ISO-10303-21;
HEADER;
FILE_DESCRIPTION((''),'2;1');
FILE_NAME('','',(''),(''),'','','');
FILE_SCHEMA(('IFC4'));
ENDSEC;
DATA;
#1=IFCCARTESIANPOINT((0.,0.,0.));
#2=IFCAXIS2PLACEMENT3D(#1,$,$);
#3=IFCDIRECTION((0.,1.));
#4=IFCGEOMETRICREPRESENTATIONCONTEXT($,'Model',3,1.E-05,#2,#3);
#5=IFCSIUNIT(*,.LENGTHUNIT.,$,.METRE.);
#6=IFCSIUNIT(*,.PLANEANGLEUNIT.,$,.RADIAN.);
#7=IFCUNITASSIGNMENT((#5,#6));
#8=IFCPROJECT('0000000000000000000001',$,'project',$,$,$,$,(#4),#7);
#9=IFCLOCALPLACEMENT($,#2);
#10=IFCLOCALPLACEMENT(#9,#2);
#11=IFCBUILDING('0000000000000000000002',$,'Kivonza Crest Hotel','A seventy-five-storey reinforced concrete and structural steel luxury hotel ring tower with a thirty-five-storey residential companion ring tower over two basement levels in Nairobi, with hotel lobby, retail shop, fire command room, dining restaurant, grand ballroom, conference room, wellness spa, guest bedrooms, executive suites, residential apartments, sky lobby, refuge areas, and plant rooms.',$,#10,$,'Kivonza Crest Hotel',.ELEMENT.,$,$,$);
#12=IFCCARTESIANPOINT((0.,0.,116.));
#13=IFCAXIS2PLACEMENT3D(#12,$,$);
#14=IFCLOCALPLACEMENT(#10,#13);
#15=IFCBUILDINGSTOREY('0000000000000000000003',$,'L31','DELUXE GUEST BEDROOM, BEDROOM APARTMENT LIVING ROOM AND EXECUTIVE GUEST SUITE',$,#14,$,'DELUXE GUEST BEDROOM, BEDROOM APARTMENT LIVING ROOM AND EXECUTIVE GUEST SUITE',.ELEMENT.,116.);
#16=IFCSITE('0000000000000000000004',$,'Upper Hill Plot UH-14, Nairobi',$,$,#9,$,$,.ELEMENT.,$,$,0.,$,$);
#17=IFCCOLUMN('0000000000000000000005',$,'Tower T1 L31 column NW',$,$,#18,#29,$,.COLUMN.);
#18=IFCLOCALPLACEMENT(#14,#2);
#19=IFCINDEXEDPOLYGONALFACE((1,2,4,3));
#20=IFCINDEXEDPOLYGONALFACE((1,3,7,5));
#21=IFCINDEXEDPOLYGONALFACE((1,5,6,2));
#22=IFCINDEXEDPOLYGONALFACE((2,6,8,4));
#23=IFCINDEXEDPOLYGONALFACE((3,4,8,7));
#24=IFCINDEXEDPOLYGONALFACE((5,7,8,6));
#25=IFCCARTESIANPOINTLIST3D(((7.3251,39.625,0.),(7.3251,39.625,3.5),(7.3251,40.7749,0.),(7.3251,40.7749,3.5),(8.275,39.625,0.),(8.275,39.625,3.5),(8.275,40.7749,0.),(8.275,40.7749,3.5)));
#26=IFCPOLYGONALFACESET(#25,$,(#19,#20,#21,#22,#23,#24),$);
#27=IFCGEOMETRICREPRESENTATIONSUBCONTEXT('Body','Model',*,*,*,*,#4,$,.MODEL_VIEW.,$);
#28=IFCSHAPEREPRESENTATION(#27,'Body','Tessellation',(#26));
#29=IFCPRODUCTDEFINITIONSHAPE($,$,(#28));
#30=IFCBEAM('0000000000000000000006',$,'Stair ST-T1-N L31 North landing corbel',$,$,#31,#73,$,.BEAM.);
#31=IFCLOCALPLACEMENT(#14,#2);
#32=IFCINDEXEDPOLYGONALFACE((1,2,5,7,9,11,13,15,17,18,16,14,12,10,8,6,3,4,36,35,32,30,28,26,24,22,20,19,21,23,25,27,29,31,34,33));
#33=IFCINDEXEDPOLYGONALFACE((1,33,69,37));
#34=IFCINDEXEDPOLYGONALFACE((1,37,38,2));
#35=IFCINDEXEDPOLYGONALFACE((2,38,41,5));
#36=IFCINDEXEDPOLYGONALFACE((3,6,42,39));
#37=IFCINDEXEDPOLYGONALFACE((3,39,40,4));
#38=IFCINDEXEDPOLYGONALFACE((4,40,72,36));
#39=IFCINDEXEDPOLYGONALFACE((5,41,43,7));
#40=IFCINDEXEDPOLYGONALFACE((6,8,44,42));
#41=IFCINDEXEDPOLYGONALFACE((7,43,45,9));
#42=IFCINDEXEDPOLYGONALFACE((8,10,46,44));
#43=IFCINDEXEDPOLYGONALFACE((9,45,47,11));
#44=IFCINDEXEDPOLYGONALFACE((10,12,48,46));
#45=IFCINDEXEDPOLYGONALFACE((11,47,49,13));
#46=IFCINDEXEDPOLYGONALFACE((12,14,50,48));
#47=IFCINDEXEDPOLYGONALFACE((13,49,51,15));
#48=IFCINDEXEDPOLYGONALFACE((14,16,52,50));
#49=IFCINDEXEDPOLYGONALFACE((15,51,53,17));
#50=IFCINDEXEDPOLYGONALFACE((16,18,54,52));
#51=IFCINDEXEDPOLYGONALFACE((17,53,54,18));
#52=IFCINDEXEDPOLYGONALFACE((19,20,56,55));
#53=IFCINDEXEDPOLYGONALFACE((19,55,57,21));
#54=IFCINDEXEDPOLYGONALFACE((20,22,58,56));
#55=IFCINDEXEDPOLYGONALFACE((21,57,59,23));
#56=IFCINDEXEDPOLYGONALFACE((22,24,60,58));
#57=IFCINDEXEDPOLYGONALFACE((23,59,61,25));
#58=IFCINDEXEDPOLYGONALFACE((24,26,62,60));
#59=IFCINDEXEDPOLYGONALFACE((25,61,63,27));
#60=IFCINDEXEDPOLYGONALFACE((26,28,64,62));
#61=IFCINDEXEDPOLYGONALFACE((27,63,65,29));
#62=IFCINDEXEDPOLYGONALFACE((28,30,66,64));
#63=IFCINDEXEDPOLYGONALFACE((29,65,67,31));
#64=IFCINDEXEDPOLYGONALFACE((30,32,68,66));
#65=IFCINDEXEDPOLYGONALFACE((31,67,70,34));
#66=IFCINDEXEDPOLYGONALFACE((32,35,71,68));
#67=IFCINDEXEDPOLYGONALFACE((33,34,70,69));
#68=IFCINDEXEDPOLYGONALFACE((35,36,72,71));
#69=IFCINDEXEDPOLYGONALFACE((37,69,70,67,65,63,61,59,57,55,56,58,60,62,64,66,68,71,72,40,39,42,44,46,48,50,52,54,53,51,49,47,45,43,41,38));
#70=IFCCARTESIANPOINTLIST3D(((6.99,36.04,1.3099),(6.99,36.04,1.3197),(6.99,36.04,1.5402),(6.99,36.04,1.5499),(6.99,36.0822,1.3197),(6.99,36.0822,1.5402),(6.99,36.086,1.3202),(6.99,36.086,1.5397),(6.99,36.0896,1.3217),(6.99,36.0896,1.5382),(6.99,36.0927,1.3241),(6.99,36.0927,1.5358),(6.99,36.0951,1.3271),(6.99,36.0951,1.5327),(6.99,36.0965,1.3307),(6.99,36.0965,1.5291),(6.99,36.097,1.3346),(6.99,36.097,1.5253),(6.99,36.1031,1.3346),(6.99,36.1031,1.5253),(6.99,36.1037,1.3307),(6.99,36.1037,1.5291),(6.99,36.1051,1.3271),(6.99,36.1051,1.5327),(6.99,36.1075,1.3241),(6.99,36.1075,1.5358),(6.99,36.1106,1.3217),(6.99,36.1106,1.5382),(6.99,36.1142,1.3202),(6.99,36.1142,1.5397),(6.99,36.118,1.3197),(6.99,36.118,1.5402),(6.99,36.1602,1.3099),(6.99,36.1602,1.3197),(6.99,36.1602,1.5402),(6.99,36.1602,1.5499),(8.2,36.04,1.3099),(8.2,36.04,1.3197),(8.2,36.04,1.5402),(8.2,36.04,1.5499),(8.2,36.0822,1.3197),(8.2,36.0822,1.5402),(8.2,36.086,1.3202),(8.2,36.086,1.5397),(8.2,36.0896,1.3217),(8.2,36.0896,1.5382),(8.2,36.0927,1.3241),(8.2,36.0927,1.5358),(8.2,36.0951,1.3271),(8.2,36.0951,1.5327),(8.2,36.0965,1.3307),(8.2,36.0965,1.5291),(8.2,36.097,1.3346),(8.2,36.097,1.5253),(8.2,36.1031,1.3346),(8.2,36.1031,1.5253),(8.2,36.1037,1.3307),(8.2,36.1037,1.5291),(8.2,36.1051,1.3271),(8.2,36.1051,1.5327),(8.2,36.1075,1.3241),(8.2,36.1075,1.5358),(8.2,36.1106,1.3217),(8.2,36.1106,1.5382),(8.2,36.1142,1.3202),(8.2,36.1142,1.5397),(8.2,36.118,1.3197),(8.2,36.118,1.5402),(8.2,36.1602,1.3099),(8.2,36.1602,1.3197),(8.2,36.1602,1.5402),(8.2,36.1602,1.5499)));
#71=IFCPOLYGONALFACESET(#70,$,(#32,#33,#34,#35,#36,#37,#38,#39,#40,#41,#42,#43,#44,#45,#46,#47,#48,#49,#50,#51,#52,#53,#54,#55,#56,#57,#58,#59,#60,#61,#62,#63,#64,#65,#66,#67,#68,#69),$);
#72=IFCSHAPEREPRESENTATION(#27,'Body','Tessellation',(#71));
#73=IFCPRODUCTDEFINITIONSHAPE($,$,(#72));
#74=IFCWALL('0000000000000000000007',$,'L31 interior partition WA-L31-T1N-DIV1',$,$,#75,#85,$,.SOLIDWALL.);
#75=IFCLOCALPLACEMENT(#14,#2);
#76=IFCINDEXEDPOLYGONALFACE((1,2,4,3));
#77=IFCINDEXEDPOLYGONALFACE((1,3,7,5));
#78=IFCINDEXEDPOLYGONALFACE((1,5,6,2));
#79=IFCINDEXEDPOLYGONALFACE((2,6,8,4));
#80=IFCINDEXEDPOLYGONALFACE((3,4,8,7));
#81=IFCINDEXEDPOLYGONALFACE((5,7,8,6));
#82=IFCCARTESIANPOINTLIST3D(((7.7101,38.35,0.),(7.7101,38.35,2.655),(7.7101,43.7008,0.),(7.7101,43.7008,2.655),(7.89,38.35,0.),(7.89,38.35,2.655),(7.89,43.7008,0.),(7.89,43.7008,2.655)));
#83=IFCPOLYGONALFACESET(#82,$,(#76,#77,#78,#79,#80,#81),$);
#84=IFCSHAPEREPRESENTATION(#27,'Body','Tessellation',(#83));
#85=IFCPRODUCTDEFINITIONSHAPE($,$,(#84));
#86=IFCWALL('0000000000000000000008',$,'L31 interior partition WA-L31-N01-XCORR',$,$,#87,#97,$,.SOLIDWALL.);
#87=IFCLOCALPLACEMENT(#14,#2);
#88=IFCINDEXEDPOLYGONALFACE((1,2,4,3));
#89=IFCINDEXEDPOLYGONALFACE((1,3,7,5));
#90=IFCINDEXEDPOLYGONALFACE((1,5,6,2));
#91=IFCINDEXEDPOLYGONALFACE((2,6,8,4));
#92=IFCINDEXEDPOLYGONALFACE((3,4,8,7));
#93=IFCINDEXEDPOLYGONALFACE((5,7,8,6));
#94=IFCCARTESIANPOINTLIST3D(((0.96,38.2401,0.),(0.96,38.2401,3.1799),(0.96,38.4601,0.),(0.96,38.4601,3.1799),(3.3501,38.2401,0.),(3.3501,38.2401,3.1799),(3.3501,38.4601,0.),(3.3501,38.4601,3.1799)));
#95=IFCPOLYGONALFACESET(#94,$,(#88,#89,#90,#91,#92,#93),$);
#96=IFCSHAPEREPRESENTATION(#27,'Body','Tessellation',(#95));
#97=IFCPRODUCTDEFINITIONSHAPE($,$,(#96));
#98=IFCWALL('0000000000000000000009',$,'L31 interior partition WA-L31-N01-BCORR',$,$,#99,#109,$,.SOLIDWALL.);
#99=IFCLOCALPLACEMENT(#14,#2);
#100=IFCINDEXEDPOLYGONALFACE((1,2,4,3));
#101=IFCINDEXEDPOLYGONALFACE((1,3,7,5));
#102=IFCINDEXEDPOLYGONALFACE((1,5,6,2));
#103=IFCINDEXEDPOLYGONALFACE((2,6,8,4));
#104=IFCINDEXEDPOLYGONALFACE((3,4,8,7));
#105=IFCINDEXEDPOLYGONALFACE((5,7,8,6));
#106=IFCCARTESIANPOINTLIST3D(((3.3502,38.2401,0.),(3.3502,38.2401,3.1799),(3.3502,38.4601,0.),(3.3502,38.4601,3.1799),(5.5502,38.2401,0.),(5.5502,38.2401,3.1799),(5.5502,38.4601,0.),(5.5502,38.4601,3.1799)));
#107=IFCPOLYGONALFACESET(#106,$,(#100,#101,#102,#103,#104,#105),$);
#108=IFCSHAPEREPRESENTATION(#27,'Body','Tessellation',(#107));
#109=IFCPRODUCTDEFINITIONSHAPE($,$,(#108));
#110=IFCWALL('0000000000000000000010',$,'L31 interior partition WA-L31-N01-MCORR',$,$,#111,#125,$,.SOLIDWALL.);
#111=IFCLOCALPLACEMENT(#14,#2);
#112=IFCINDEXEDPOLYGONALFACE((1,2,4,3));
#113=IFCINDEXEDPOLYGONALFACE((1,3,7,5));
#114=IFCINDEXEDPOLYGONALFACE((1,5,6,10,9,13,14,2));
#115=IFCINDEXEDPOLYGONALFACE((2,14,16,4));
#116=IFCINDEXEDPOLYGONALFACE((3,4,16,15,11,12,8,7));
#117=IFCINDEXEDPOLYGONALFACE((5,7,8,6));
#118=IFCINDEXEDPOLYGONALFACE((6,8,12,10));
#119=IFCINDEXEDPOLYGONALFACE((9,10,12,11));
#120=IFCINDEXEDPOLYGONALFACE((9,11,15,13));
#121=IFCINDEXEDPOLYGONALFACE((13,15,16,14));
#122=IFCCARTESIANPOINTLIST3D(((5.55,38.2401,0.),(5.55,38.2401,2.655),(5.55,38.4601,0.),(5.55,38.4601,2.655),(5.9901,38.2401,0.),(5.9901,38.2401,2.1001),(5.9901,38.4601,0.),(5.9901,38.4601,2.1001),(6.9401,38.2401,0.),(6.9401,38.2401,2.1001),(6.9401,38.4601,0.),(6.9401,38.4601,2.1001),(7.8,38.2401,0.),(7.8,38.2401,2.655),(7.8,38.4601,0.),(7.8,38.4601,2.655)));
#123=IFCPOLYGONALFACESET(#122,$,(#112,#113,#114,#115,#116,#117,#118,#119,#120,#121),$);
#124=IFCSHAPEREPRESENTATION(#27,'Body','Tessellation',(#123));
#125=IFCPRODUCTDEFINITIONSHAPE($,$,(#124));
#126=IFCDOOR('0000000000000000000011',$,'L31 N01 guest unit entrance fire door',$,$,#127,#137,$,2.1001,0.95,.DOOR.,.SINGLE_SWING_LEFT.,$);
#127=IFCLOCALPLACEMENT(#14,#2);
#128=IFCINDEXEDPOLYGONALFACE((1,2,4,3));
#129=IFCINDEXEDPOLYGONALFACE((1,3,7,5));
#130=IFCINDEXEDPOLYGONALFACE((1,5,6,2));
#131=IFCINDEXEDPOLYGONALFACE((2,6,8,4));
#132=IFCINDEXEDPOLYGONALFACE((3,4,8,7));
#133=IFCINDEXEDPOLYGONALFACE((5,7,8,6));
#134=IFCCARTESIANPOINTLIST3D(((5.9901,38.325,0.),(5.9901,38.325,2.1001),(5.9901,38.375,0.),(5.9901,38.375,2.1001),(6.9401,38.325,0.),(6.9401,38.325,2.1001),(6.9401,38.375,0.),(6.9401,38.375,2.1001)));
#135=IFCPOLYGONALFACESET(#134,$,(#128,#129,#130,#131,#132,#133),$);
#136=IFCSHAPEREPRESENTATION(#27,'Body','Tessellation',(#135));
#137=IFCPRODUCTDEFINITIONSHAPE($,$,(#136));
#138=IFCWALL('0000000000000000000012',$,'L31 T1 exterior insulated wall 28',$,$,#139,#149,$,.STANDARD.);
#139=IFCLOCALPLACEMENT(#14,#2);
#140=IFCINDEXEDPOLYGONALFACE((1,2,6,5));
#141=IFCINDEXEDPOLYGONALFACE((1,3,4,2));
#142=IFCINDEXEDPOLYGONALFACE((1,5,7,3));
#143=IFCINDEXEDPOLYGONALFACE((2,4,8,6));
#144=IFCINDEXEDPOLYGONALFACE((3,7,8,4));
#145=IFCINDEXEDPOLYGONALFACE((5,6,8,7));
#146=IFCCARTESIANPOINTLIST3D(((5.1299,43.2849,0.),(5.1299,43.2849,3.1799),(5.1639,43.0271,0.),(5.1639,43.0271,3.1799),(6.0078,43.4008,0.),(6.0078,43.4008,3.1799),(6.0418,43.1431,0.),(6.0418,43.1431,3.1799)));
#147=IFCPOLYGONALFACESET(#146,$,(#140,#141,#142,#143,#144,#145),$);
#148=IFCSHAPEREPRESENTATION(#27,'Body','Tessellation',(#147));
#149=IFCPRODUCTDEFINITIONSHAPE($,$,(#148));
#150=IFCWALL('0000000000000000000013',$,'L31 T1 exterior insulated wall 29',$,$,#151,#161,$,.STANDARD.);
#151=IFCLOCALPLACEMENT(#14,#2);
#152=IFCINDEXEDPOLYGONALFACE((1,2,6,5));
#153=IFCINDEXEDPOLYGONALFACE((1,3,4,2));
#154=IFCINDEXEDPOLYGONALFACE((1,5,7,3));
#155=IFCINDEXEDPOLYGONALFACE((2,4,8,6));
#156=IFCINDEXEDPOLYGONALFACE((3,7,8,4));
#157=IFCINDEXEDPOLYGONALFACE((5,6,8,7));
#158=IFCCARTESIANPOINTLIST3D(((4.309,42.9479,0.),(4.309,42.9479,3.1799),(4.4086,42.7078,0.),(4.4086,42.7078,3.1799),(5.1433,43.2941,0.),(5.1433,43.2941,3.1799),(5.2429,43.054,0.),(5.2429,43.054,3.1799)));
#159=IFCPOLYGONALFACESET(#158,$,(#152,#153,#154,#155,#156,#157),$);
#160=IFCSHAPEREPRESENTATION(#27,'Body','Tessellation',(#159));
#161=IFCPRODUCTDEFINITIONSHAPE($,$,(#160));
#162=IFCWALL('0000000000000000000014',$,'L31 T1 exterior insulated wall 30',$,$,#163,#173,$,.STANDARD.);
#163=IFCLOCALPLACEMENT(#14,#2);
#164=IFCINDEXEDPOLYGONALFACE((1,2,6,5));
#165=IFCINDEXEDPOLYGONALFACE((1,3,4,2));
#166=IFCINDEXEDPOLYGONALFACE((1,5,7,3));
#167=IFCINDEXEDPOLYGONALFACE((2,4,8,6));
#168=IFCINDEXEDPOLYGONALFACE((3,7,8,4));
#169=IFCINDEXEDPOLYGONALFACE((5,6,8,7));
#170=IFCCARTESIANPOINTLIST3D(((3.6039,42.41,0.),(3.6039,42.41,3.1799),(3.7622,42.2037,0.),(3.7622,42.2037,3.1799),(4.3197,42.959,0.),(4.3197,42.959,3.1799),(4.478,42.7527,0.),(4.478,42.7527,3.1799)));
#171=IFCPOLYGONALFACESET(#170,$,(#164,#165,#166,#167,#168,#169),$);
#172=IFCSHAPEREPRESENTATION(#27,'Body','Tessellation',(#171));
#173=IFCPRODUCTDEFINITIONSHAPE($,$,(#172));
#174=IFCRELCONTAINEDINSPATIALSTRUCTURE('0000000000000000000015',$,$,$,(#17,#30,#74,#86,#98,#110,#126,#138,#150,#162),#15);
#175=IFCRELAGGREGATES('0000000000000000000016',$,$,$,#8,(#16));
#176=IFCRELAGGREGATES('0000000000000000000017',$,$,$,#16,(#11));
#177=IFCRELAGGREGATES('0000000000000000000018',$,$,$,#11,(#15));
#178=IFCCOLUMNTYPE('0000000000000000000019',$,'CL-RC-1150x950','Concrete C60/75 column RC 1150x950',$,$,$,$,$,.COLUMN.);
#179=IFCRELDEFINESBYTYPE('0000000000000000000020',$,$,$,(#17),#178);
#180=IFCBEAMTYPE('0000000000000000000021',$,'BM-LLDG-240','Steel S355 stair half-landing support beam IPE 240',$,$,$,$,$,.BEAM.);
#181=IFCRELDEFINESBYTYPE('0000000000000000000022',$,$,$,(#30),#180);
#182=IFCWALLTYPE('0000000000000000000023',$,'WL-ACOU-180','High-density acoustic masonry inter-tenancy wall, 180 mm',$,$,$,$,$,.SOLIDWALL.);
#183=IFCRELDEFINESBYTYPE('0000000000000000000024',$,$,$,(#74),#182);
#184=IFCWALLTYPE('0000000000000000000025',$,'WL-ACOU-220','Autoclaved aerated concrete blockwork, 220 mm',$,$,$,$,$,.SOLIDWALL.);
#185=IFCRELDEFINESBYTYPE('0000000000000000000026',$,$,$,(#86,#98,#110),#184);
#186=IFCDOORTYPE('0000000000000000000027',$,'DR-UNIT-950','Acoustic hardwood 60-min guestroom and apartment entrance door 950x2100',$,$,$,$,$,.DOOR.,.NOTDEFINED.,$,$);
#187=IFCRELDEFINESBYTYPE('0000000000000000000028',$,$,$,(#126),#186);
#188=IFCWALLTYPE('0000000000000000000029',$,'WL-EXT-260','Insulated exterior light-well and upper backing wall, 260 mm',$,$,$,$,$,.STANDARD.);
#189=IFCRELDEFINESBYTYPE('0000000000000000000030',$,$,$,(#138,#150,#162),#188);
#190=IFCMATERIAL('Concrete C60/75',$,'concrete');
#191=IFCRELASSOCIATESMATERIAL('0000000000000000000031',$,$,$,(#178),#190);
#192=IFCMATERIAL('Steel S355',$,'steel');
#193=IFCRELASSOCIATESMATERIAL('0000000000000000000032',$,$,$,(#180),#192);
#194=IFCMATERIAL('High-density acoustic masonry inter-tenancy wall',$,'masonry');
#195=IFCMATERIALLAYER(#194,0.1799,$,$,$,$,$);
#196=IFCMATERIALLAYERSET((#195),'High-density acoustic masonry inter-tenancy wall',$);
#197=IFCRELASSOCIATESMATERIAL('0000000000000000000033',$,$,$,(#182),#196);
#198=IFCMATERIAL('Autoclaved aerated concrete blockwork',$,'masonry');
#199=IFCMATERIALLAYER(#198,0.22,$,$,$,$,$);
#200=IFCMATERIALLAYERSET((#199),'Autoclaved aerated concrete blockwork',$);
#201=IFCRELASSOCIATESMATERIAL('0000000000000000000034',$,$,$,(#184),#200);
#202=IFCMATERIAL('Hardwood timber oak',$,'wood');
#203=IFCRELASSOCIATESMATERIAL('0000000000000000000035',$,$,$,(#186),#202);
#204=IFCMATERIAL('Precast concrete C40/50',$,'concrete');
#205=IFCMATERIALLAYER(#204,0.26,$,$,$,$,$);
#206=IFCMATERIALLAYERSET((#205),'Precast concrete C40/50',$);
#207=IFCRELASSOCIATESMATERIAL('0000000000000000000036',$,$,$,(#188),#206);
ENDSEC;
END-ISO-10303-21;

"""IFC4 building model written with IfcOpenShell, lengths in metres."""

from ifc_helpers import new_model, si_unit, direction, frame, frame_2d, origin, origin_2d, place, context, subcontext, project, spatial, rectangle, i_section, extrude, material, layer, layer_set, material_profile, profile_set, type_object, element, fill, save


model = new_model("IFC4")

# Units and contexts
model_context = context("Model", 3, precision=1e-05, world=origin(), true_north=direction((0.0, 1.0)))
body_context = subcontext(model_context, "Body", "Model", "MODEL_VIEW")
ifc_project = project(units=[si_unit("LENGTHUNIT", "METRE"), si_unit("PLANEANGLEUNIT", "RADIAN")], contexts=[model_context])

# Site, building, storey
site_placement = place(None, origin())
site = spatial("IfcSite", under=ifc_project, at=site_placement, Name="Upper Hill Plot UH-14, Nairobi", CompositionType="ELEMENT", RefElevation=0.0)
building_placement = place(site_placement, origin())
building = spatial("IfcBuilding", under=site, at=building_placement, Name="Kivonza Crest Hotel", Description="A seventy-five-storey reinforced concrete and structural steel luxury hotel ring tower with a thirty-five-storey residential companion ring tower over two basement levels in Nairobi, with hotel lobby, retail shop, fire command room, dining restaurant, grand ballroom, conference room, wellness spa, guest bedrooms, executive suites, residential apartments, sky lobby, refuge areas, and plant rooms.", LongName="Kivonza Crest Hotel", CompositionType="ELEMENT")
storey_placement = place(building_placement, frame((0.0, 0.0, 116.0)))
storey = spatial("IfcBuildingStorey", under=building, at=storey_placement, Name="L31", Description="DELUXE GUEST BEDROOM, BEDROOM APARTMENT LIVING ROOM AND EXECUTIVE GUEST SUITE", LongName="DELUXE GUEST BEDROOM, BEDROOM APARTMENT LIVING ROOM AND EXECUTIVE GUEST SUITE", CompositionType="ELEMENT", Elevation=116.0)

# Column
ifc_material_1 = material(Name="Concrete C60/75", Category="concrete")
ifc_material_profile_1 = material_profile(ifc_material_1, rectangle(XDim=0.95, YDim=1.1499, at=origin_2d()), Name="RC 1150x950")
ifc_profile_set_1 = profile_set([ifc_material_profile_1], Name="Concrete C60/75")
column_type = type_object("IfcColumnType", Name="CL-RC-1150x950", Description="Concrete C60/75 column RC 1150x950", PredefinedType="COLUMN", material=ifc_profile_set_1)
column_placement = place(storey_placement, frame((7.8, 40.2, 0.0), z_axis=(0.0, 0.0, 1.0), x_axis=(1.0, 0.0, 0.0)))
element("IfcColumn", 1, at=column_placement, inside=storey, type_object=column_type, Name="Tower T1 L31 column NW", PredefinedType="COLUMN", context=body_context, shape_type="SweptSolid", body=[
    extrude(rectangle(XDim=0.95, YDim=1.1499, at=origin_2d()), origin(), (0.0, 0.0, 1.0), 3.5),
])

# Beam
ifc_material_2 = material(Name="Steel S355", Category="steel")
ifc_material_profile_2 = material_profile(ifc_material_2, i_section(OverallWidth=0.1201, OverallDepth=0.24, WebThickness=0.0061, FlangeThickness=0.0098, FilletRadius=0.0149, at=origin_2d()), Name="IPE 240")
ifc_profile_set_2 = profile_set([ifc_material_profile_2], Name="Steel S355")
beam_type = type_object("IfcBeamType", Name="BM-LLDG-240", Description="Steel S355 stair half-landing support beam IPE 240", PredefinedType="BEAM", material=ifc_profile_set_2)
beam_placement = place(storey_placement, frame((6.99, 36.1001, 1.4299), z_axis=(1.0, 0.0, 0.0), x_axis=(0.0, 1.0, 0.0)))
element("IfcBeam", 2, at=beam_placement, inside=storey, type_object=beam_type, Name="Stair ST-T1-N L31 North landing corbel", PredefinedType="BEAM", context=body_context, shape_type="SweptSolid", body=[
    extrude(i_section(OverallWidth=0.1201, OverallDepth=0.24, WebThickness=0.0061, FlangeThickness=0.0098, FilletRadius=0.0149, at=origin_2d()), origin(), (0.0, 0.0, 1.0), 1.21),
])

# Walls
ifc_material_3 = material(Name="High-density acoustic masonry inter-tenancy wall", Category="masonry")
ifc_layer_1 = layer(ifc_material_3, 0.1799)
ifc_layer_set_1 = layer_set([ifc_layer_1], Name="High-density acoustic masonry inter-tenancy wall")
wall_type_1 = type_object("IfcWallType", Name="WL-ACOU-180", Description="High-density acoustic masonry inter-tenancy wall, 180 mm", PredefinedType="SOLIDWALL", material=ifc_layer_set_1)
wall_1_placement = place(storey_placement, frame((7.8, 38.3501, 0.0), z_axis=(0.0, 0.0, 1.0), x_axis=(0.0, 1.0, 0.0)))
element("IfcWall", 3, at=wall_1_placement, inside=storey, type_object=wall_type_1, Name="L31 interior partition WA-L31-T1N-DIV1", PredefinedType="SOLIDWALL", context=body_context, shape_type="SweptSolid", body=[
    extrude(rectangle(XDim=5.3508, YDim=0.1799, at=frame_2d((2.6753, 0.0))), origin(), (0.0, 0.0, 1.0), 2.655),
])
ifc_material_4 = material(Name="Autoclaved aerated concrete blockwork", Category="masonry")
ifc_layer_2 = layer(ifc_material_4, 0.22)
ifc_layer_set_2 = layer_set([ifc_layer_2], Name="Autoclaved aerated concrete blockwork")
wall_type_2 = type_object("IfcWallType", Name="WL-ACOU-220", Description="Autoclaved aerated concrete blockwork, 220 mm", PredefinedType="SOLIDWALL", material=ifc_layer_set_2)
wall_2_placement = place(storey_placement, frame((0.96, 38.3501, 0.0), z_axis=(0.0, 0.0, 1.0), x_axis=(1.0, 0.0, 0.0)))
element("IfcWall", 4, at=wall_2_placement, inside=storey, type_object=wall_type_2, Name="L31 interior partition WA-L31-N01-XCORR", PredefinedType="SOLIDWALL", context=body_context, shape_type="SweptSolid", body=[
    extrude(rectangle(XDim=2.3901, YDim=0.22, at=frame_2d((1.1951, 0.0))), origin(), (0.0, 0.0, 1.0), 3.1799),
])
wall_3_placement = place(storey_placement, frame((3.3501, 38.3501, 0.0), z_axis=(0.0, 0.0, 1.0), x_axis=(1.0, 0.0, 0.0)))
element("IfcWall", 5, at=wall_3_placement, inside=storey, type_object=wall_type_2, Name="L31 interior partition WA-L31-N01-BCORR", PredefinedType="SOLIDWALL", context=body_context, shape_type="SweptSolid", body=[
    extrude(rectangle(XDim=2.2, YDim=0.22, at=frame_2d((1.1001, 0.0))), origin(), (0.0, 0.0, 1.0), 3.1799),
])

# Wall, opening, door
wall_4_placement = place(storey_placement, frame((5.55, 38.3501, 0.0), z_axis=(0.0, 0.0, 1.0), x_axis=(1.0, 0.0, 0.0)))
wall_4 = element("IfcWall", 6, at=wall_4_placement, inside=storey, type_object=wall_type_2, Name="L31 interior partition WA-L31-N01-MCORR", PredefinedType="SOLIDWALL", context=body_context, shape_type="SweptSolid", body=[
    extrude(rectangle(XDim=2.25, YDim=0.22, at=frame_2d((1.125, 0.0))), origin(), (0.0, 0.0, 1.0), 2.655),
])
opening_1_placement = place(wall_4_placement, frame((0.4399, 0.0, 0.0)))
opening_1 = element("IfcOpeningElement", 7, at=opening_1_placement, cuts=wall_4, PredefinedType="OPENING", context=body_context, shape_type="SweptSolid", body=[
    extrude(rectangle(XDim=0.95, YDim=2.1001, at=frame_2d((0.4751, 1.05))), frame((0.0, 0.1201, 0.0), z_axis=(0.0, -1.0, 0.0), x_axis=(1.0, 0.0, 0.0)), (0.0, 0.0, 1.0), 0.24),
])
ifc_material_5 = material(Name="Hardwood timber oak", Category="wood")
door_type_1 = type_object("IfcDoorType", Name="DR-UNIT-950", Description="Acoustic hardwood 60-min guestroom and apartment entrance door 950x2100", OperationType="NOTDEFINED", PredefinedType="DOOR", material=ifc_material_5)
door_1_placement = place(opening_1_placement, origin())
door_1 = element("IfcDoor", 8, at=door_1_placement, inside=storey, type_object=door_type_1, Name="L31 N01 guest unit entrance fire door", OperationType="SINGLE_SWING_LEFT", OverallHeight=2.1001, OverallWidth=0.95, PredefinedType="DOOR", context=body_context, shape_type="SweptSolid", body=[
    extrude(rectangle(XDim=0.95, YDim=2.1001, at=frame_2d((0.4751, 1.05))), frame((0.0, 0.0249, 0.0), z_axis=(0.0, -1.0, 0.0), x_axis=(1.0, 0.0, 0.0)), (0.0, 0.0, 1.0), 0.05),
])
fill(opening_1, door_1)

# Walls
ifc_material_6 = material(Name="Precast concrete C40/50", Category="concrete")
ifc_layer_3 = layer(ifc_material_6, 0.26)
ifc_layer_set_3 = layer_set([ifc_layer_3], Name="Precast concrete C40/50")
wall_type_3 = type_object("IfcWallType", Name="WL-EXT-260", Description="Insulated exterior light-well and upper backing wall, 260 mm", PredefinedType="STANDARD", material=ifc_layer_set_3)
wall_5_placement = place(storey_placement, frame((6.0249, 43.272, 0.0), z_axis=(0.0, 0.0, 1.0), x_axis=(-0.991388, -0.130954, 0.0)))
element("IfcWall", 9, at=wall_5_placement, inside=storey, type_object=wall_type_3, Name="L31 T1 exterior insulated wall 28", PredefinedType="STANDARD", context=body_context, shape_type="SweptSolid", body=[
    extrude(rectangle(XDim=0.8855, YDim=0.26, at=frame_2d((0.4429, 0.0))), origin(), (0.0, 0.0, 1.0), 3.1799),
])
wall_6_placement = place(storey_placement, frame((5.1931, 43.1741, 0.0), z_axis=(0.0, 0.0, 1.0), x_axis=(-0.923628, -0.383291, 0.0)))
element("IfcWall", 10, at=wall_6_placement, inside=storey, type_object=wall_type_3, Name="L31 T1 exterior insulated wall 29", PredefinedType="STANDARD", context=body_context, shape_type="SweptSolid", body=[
    extrude(rectangle(XDim=0.9033, YDim=0.26, at=frame_2d((0.4517, 0.0))), origin(), (0.0, 0.0, 1.0), 3.1799),
])
wall_7_placement = place(storey_placement, frame((4.3989, 42.856, 0.0), z_axis=(0.0, 0.0, 1.0), x_axis=(-0.793458, -0.608625, 0.0)))
element("IfcWall", 11, at=wall_7_placement, inside=storey, type_object=wall_type_3, Name="L31 T1 exterior insulated wall 30", PredefinedType="STANDARD", context=body_context, shape_type="SweptSolid", body=[
    extrude(rectangle(XDim=0.9021, YDim=0.26, at=frame_2d((0.4512, 0.0))), origin(), (0.0, 0.0, 1.0), 3.1799),
])

save(model, "model.ifc")
